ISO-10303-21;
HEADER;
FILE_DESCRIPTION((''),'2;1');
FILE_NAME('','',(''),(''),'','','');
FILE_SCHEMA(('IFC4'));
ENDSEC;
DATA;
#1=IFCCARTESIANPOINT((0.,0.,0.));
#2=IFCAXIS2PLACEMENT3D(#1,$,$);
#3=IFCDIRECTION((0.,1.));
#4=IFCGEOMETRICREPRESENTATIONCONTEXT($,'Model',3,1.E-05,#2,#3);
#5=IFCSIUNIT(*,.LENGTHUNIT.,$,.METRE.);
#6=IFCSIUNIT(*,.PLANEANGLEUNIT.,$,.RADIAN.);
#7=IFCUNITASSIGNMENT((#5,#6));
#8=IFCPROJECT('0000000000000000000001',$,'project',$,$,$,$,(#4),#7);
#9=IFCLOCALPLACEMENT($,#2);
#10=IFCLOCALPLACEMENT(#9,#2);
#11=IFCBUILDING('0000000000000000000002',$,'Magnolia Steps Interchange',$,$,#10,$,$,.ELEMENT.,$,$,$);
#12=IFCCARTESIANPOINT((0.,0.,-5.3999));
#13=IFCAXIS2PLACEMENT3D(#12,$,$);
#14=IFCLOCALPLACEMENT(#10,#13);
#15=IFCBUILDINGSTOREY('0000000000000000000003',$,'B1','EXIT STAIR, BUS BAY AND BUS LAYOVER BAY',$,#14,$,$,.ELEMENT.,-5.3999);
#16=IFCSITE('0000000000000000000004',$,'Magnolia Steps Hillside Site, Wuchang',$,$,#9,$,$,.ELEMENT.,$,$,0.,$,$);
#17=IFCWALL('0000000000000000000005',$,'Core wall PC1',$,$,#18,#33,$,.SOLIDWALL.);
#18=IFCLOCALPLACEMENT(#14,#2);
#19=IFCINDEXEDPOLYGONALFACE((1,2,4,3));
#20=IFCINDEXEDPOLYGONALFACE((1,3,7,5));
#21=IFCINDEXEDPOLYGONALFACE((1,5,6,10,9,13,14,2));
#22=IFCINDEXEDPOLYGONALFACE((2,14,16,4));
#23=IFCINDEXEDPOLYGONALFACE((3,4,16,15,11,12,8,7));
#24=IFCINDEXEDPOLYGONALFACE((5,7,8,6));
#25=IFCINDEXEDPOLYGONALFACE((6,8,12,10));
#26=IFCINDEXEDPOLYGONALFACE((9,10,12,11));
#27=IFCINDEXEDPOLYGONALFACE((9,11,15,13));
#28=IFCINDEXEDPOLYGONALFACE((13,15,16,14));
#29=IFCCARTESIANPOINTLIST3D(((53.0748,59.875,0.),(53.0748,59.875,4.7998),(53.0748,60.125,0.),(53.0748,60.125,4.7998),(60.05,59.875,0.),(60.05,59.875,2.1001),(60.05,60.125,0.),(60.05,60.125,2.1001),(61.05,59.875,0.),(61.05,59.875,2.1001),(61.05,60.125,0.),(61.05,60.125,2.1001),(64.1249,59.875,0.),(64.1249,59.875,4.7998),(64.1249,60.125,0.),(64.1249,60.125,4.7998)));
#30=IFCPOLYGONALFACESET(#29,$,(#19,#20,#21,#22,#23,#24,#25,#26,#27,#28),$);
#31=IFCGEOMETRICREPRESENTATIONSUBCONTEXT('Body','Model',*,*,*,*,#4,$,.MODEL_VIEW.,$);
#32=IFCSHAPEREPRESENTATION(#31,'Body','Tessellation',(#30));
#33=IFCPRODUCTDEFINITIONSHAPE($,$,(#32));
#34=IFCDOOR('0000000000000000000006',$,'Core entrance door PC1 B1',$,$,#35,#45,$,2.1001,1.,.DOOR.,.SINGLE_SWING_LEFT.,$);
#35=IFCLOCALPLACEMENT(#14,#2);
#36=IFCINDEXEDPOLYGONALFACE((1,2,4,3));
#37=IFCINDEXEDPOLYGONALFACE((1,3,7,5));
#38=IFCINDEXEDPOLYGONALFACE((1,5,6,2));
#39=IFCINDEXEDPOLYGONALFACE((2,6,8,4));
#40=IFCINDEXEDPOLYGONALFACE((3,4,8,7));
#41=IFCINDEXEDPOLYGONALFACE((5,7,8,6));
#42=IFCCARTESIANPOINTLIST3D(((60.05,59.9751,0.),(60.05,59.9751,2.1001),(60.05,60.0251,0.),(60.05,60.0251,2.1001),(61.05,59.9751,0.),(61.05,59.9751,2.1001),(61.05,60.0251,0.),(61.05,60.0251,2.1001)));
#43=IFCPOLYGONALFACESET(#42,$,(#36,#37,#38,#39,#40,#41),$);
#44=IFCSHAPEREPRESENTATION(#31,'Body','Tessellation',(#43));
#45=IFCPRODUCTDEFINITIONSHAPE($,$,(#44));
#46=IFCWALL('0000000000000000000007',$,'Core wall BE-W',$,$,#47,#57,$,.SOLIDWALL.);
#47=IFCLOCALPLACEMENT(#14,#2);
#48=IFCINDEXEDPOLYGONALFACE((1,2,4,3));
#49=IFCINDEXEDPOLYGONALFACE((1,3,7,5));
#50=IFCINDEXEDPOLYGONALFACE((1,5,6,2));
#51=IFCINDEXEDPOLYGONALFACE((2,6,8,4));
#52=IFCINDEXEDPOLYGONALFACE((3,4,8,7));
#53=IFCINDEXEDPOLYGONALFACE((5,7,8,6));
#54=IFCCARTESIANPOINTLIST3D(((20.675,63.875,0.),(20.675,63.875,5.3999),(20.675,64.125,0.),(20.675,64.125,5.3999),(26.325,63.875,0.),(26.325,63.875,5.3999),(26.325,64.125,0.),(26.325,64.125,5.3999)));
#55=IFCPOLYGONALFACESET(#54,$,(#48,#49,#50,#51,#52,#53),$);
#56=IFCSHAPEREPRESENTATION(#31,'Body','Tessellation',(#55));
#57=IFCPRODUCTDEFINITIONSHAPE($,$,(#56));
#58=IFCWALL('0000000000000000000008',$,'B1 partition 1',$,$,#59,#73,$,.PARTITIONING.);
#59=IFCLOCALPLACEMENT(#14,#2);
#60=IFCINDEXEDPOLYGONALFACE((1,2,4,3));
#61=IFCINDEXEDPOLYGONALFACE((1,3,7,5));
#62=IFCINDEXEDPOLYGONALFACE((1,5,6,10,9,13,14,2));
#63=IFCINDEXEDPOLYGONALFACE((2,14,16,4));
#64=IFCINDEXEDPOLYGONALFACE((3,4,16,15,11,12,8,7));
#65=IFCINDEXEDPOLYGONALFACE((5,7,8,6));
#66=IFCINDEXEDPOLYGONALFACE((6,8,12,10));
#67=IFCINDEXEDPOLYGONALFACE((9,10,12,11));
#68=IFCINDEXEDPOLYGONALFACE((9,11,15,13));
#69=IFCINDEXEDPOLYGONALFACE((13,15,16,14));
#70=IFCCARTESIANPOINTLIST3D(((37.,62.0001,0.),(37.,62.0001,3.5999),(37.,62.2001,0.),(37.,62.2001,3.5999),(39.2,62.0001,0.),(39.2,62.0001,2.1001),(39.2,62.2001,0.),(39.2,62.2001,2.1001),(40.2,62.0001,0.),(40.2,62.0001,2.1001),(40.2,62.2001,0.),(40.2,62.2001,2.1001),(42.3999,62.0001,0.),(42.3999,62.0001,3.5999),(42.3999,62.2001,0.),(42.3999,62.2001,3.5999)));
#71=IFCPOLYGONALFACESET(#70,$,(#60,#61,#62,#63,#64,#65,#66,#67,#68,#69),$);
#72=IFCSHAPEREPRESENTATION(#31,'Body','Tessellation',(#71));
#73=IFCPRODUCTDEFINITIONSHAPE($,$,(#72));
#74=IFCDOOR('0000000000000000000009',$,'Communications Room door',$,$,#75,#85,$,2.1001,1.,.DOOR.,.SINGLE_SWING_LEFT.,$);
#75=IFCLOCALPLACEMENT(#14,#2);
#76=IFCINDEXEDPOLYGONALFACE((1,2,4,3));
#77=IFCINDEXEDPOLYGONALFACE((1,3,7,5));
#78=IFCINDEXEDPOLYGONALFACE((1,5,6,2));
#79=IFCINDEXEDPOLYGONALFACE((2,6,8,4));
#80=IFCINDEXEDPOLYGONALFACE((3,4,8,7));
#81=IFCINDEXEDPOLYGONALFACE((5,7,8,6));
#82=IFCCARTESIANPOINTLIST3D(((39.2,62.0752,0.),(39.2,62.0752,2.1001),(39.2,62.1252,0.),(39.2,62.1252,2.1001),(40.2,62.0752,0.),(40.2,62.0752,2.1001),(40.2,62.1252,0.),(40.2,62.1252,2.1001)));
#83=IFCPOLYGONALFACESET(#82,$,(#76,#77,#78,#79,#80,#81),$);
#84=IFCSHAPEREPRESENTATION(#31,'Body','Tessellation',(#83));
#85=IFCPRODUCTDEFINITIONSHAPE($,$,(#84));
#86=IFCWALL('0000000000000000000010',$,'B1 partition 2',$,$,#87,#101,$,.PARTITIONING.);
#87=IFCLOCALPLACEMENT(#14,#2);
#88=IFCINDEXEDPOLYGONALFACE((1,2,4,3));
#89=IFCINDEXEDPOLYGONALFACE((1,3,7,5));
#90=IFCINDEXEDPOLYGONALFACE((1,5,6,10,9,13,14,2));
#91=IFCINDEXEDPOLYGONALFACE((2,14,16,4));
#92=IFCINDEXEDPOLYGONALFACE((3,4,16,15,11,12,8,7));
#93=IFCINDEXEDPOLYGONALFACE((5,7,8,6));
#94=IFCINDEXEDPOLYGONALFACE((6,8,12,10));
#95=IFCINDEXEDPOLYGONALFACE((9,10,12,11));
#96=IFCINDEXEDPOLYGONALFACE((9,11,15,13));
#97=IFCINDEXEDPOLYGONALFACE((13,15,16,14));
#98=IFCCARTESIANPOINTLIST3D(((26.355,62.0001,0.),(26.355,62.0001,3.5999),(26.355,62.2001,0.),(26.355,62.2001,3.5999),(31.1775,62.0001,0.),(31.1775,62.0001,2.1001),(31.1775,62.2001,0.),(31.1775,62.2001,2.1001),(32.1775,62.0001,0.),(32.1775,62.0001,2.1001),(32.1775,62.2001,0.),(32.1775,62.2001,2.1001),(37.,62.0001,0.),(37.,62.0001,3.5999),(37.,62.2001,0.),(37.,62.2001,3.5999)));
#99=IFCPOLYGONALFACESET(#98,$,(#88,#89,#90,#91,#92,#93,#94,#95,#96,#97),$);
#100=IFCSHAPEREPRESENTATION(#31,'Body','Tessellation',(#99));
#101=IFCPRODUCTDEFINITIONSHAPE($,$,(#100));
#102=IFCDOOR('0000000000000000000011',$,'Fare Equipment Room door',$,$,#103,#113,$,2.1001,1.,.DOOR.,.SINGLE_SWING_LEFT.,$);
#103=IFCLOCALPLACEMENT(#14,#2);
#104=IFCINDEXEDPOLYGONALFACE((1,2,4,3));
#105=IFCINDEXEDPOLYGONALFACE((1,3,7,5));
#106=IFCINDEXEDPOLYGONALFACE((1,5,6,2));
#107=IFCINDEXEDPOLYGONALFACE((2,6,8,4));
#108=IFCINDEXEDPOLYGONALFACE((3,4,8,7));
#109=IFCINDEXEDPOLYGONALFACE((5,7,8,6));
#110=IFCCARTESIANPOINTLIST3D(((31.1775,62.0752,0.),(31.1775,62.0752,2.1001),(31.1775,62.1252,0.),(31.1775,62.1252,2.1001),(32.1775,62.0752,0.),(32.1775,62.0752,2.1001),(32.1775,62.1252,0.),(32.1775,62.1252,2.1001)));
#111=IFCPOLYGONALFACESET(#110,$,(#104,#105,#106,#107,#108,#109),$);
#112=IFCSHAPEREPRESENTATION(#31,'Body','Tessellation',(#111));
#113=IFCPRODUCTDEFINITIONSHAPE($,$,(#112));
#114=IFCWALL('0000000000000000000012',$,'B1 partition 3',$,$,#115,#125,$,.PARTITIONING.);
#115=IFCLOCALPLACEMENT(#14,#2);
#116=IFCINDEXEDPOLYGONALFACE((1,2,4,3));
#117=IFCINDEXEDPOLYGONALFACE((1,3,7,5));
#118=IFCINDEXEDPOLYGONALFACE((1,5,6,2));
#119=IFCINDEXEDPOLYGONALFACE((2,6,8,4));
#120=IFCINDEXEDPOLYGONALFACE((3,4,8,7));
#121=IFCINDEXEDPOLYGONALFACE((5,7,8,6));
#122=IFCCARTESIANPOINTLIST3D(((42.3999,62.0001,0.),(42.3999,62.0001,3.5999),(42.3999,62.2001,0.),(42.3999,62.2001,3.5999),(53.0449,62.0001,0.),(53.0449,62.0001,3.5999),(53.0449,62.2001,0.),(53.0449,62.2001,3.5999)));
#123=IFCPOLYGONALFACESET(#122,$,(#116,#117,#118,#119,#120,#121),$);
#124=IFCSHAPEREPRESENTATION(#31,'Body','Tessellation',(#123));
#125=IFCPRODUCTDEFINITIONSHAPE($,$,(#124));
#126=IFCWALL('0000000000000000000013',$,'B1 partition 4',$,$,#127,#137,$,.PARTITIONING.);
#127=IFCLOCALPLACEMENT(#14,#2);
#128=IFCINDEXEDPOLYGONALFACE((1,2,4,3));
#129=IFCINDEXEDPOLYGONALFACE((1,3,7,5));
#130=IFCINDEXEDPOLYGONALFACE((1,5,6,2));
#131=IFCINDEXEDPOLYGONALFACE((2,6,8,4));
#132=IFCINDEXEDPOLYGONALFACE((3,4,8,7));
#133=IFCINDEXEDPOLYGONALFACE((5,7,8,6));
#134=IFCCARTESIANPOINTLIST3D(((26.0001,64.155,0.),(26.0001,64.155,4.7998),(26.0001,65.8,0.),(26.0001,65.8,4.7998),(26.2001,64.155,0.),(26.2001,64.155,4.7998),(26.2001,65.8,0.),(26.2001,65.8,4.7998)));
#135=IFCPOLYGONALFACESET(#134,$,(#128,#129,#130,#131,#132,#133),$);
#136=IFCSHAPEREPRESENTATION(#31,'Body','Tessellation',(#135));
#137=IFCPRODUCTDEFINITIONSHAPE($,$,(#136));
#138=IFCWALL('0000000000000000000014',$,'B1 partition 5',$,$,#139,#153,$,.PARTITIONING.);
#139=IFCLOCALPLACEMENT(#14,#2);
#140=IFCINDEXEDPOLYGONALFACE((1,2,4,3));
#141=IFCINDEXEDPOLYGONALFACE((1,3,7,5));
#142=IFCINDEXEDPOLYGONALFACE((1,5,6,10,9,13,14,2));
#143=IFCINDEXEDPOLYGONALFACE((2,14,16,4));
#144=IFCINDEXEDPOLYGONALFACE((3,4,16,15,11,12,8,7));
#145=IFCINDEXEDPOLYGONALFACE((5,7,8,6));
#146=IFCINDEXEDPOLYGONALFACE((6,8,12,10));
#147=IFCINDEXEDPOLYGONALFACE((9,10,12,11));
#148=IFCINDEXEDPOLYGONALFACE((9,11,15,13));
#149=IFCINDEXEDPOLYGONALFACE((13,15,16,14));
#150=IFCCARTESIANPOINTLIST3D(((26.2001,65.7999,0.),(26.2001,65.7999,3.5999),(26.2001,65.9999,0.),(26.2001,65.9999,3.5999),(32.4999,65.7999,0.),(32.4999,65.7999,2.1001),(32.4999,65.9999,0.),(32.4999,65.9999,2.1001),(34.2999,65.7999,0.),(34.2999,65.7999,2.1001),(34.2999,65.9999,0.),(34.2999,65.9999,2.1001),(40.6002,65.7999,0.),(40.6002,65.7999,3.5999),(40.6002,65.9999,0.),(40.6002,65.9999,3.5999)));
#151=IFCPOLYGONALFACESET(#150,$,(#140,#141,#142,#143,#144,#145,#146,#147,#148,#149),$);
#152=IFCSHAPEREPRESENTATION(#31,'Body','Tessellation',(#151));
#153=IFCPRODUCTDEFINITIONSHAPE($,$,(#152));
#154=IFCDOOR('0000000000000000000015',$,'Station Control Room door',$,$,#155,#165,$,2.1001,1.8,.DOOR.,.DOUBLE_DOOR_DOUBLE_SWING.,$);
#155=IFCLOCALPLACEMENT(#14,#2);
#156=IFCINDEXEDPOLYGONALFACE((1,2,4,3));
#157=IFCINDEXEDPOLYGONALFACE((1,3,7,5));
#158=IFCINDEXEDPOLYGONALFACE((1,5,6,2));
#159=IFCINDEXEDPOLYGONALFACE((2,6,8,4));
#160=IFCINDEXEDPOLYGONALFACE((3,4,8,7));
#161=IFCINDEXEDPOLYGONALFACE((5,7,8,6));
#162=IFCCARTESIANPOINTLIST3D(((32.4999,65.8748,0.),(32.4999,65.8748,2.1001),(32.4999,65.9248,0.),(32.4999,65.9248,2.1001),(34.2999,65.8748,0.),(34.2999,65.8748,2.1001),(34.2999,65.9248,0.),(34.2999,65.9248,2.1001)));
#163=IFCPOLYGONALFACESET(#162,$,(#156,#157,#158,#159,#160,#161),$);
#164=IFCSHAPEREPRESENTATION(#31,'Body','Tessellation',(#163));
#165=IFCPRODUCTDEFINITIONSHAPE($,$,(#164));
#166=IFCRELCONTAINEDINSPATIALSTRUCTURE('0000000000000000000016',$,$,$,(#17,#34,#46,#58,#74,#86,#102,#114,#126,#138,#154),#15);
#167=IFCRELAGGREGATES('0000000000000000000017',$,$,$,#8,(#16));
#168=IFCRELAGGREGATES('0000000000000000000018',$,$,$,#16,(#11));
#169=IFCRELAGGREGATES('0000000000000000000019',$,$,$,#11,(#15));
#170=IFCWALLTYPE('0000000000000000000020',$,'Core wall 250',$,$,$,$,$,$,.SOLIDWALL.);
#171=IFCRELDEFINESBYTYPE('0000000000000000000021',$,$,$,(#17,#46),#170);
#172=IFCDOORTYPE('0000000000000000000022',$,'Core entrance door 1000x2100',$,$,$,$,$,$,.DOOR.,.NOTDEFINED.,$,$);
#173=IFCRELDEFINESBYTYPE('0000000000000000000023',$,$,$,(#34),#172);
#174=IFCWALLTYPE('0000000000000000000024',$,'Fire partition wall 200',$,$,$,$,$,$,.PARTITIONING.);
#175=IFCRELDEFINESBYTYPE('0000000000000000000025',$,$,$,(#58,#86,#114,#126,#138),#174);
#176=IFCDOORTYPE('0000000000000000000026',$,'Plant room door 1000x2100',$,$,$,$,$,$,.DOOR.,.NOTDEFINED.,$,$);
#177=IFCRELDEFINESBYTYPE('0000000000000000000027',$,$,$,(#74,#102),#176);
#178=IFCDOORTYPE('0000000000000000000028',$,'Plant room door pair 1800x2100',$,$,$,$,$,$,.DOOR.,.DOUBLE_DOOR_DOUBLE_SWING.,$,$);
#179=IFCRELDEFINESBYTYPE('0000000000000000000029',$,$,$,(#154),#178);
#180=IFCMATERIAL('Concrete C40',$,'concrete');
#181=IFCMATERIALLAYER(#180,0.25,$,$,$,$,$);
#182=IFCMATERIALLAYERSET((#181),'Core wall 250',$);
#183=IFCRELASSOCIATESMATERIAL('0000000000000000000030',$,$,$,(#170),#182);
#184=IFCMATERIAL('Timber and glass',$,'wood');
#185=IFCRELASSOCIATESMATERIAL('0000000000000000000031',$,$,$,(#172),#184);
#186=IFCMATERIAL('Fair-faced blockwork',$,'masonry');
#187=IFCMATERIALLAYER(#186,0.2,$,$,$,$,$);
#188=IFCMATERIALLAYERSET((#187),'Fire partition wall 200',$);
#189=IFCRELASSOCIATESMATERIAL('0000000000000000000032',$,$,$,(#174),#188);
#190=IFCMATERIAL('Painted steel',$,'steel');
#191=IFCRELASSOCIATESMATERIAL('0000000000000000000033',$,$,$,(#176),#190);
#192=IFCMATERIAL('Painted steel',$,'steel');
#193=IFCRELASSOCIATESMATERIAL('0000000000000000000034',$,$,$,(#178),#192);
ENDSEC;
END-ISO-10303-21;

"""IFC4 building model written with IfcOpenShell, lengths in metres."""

from ifc_helpers import new_model, si_unit, direction, frame, frame_2d, origin, place, context, subcontext, project, spatial, rectangle, extrude, material, layer, layer_set, type_object, element, fill, save


model = new_model("IFC4")

# Units and contexts
model_context = context("Model", 3, precision=1e-05, world=origin(), true_north=direction((0.0, 1.0)))
body_context = subcontext(model_context, "Body", "Model", "MODEL_VIEW")
ifc_project = project(units=[si_unit("LENGTHUNIT", "METRE"), si_unit("PLANEANGLEUNIT", "RADIAN")], contexts=[model_context])

# Site, building, storey
site_placement = place(None, origin())
site = spatial("IfcSite", under=ifc_project, at=site_placement, Name="Magnolia Steps Hillside Site, Wuchang", CompositionType="ELEMENT", RefElevation=0.0)
building_placement = place(site_placement, origin())
building = spatial("IfcBuilding", under=site, at=building_placement, Name="Magnolia Steps Interchange", CompositionType="ELEMENT")
storey_placement = place(building_placement, frame((0.0, 0.0, -5.3999)))
storey = spatial("IfcBuildingStorey", under=building, at=storey_placement, Name="B1", Description="EXIT STAIR, BUS BAY AND BUS LAYOVER BAY", CompositionType="ELEMENT", Elevation=-5.3999)

# Wall, opening, door
ifc_material_1 = material(Name="Concrete C40", Category="concrete")
ifc_layer_1 = layer(ifc_material_1, 0.25)
ifc_layer_set_1 = layer_set([ifc_layer_1], Name="Core wall 250")
wall_type_1 = type_object("IfcWallType", Name="Core wall 250", PredefinedType="SOLIDWALL", material=ifc_layer_set_1)
wall_1_placement = place(storey_placement, frame((53.075, 60.0, 0.0), z_axis=(0.0, 0.0, 1.0), x_axis=(1.0, 0.0, 0.0)))
wall_1 = element("IfcWall", 1, at=wall_1_placement, inside=storey, type_object=wall_type_1, Name="Core wall PC1", PredefinedType="SOLIDWALL", context=body_context, shape_type="SweptSolid", body=[
    extrude(rectangle(XDim=11.05, YDim=0.25, at=frame_2d((5.5249, 0.0))), origin(), (0.0, 0.0, 1.0), 4.7998),
])
opening_1_placement = place(wall_1_placement, frame((6.9751, 0.0, 0.0)))
opening_1 = element("IfcOpeningElement", 2, at=opening_1_placement, cuts=wall_1, PredefinedType="OPENING", context=body_context, shape_type="SweptSolid", body=[
    extrude(rectangle(XDim=1.0, YDim=2.1001, at=frame_2d((0.5, 1.05))), frame((0.0, 0.135, 0.0), z_axis=(0.0, -1.0, 0.0), x_axis=(1.0, 0.0, 0.0)), (0.0, 0.0, 1.0), 0.27),
])
ifc_material_2 = material(Name="Timber and glass", Category="wood")
door_type_1 = type_object("IfcDoorType", Name="Core entrance door 1000x2100", OperationType="NOTDEFINED", PredefinedType="DOOR", material=ifc_material_2)
door_1_placement = place(opening_1_placement, frame((1.0, 0.0, 0.0), z_axis=(0.0, 0.0, 1.0), x_axis=(-1.0, 0.0, 0.0)))
door_1 = element("IfcDoor", 3, at=door_1_placement, inside=storey, type_object=door_type_1, Name="Core entrance door PC1 B1", OperationType="SINGLE_SWING_LEFT", OverallHeight=2.1001, OverallWidth=1.0, PredefinedType="DOOR", context=body_context, shape_type="SweptSolid", body=[
    extrude(rectangle(XDim=1.0, YDim=2.1001, at=frame_2d((0.5, 1.05))), frame((0.0, 0.0249, 0.0), z_axis=(0.0, -1.0, 0.0), x_axis=(1.0, 0.0, 0.0)), (0.0, 0.0, 1.0), 0.05),
])
fill(opening_1, door_1)

# Wall
wall_2_placement = place(storey_placement, frame((26.325, 64.0, 0.0), z_axis=(0.0, 0.0, 1.0), x_axis=(-1.0, 0.0, 0.0)))
element("IfcWall", 4, at=wall_2_placement, inside=storey, type_object=wall_type_1, Name="Core wall BE-W", PredefinedType="SOLIDWALL", context=body_context, shape_type="SweptSolid", body=[
    extrude(rectangle(XDim=5.6499, YDim=0.25, at=frame_2d((2.825, 0.0))), origin(), (0.0, 0.0, 1.0), 5.3999),
])

# Walls, openings, doors
ifc_material_3 = material(Name="Fair-faced blockwork", Category="masonry")
ifc_layer_2 = layer(ifc_material_3, 0.2)
ifc_layer_set_2 = layer_set([ifc_layer_2], Name="Fire partition wall 200")
wall_type_2 = type_object("IfcWallType", Name="Fire partition wall 200", PredefinedType="PARTITIONING", material=ifc_layer_set_2)
wall_3_placement = place(storey_placement, frame((37.0, 62.1001, 0.0), z_axis=(0.0, 0.0, 1.0), x_axis=(1.0, 0.0, 0.0)))
wall_3 = element("IfcWall", 5, at=wall_3_placement, inside=storey, type_object=wall_type_2, Name="B1 partition 1", PredefinedType="PARTITIONING", context=body_context, shape_type="SweptSolid", body=[
    extrude(rectangle(XDim=5.3999, YDim=0.2, at=frame_2d((2.7, 0.0))), origin(), (0.0, 0.0, 1.0), 3.5999),
])
opening_2_placement = place(wall_3_placement, frame((2.2, 0.0, 0.0)))
opening_2 = element("IfcOpeningElement", 6, at=opening_2_placement, cuts=wall_3, PredefinedType="OPENING", context=body_context, shape_type="SweptSolid", body=[
    extrude(rectangle(XDim=1.0, YDim=2.1001, at=frame_2d((0.5, 1.05))), frame((0.0, 0.1099, 0.0), z_axis=(0.0, -1.0, 0.0), x_axis=(1.0, 0.0, 0.0)), (0.0, 0.0, 1.0), 0.22),
])
ifc_material_4 = material(Name="Painted steel", Category="steel")
door_type_2 = type_object("IfcDoorType", Name="Plant room door 1000x2100", OperationType="NOTDEFINED", PredefinedType="DOOR", material=ifc_material_4)
door_2_placement = place(opening_2_placement, frame((1.0, 0.0, 0.0), z_axis=(0.0, 0.0, 1.0), x_axis=(-1.0, 0.0, 0.0)))
door_2 = element("IfcDoor", 7, at=door_2_placement, inside=storey, type_object=door_type_2, Name="Communications Room door", OperationType="SINGLE_SWING_LEFT", OverallHeight=2.1001, OverallWidth=1.0, PredefinedType="DOOR", context=body_context, shape_type="SweptSolid", body=[
    extrude(rectangle(XDim=1.0, YDim=2.1001, at=frame_2d((0.5, 1.05))), frame((0.0, 0.0249, 0.0), z_axis=(0.0, -1.0, 0.0), x_axis=(1.0, 0.0, 0.0)), (0.0, 0.0, 1.0), 0.05),
])
fill(opening_2, door_2)
wall_4_placement = place(storey_placement, frame((26.355, 62.1001, 0.0), z_axis=(0.0, 0.0, 1.0), x_axis=(1.0, 0.0, 0.0)))
wall_4 = element("IfcWall", 8, at=wall_4_placement, inside=storey, type_object=wall_type_2, Name="B1 partition 2", PredefinedType="PARTITIONING", context=body_context, shape_type="SweptSolid", body=[
    extrude(rectangle(XDim=10.645, YDim=0.2, at=frame_2d((5.3225, 0.0))), origin(), (0.0, 0.0, 1.0), 3.5999),
])
opening_3_placement = place(wall_4_placement, frame((4.8225, 0.0, 0.0)))
opening_3 = element("IfcOpeningElement", 9, at=opening_3_placement, cuts=wall_4, PredefinedType="OPENING", context=body_context, shape_type="SweptSolid", body=[
    extrude(rectangle(XDim=1.0, YDim=2.1001, at=frame_2d((0.5, 1.05))), frame((0.0, 0.1099, 0.0), z_axis=(0.0, -1.0, 0.0), x_axis=(1.0, 0.0, 0.0)), (0.0, 0.0, 1.0), 0.22),
])
door_3_placement = place(opening_3_placement, frame((1.0, 0.0, 0.0), z_axis=(0.0, 0.0, 1.0), x_axis=(-1.0, 0.0, 0.0)))
door_3 = element("IfcDoor", 10, at=door_3_placement, inside=storey, type_object=door_type_2, Name="Fare Equipment Room door", OperationType="SINGLE_SWING_LEFT", OverallHeight=2.1001, OverallWidth=1.0, PredefinedType="DOOR", context=body_context, shape_type="SweptSolid", body=[
    extrude(rectangle(XDim=1.0, YDim=2.1001, at=frame_2d((0.5, 1.05))), frame((0.0, 0.0249, 0.0), z_axis=(0.0, -1.0, 0.0), x_axis=(1.0, 0.0, 0.0)), (0.0, 0.0, 1.0), 0.05),
])
fill(opening_3, door_3)

# Walls
wall_5_placement = place(storey_placement, frame((42.3999, 62.1001, 0.0), z_axis=(0.0, 0.0, 1.0), x_axis=(1.0, 0.0, 0.0)))
element("IfcWall", 11, at=wall_5_placement, inside=storey, type_object=wall_type_2, Name="B1 partition 3", PredefinedType="PARTITIONING", context=body_context, shape_type="SweptSolid", body=[
    extrude(rectangle(XDim=10.645, YDim=0.2, at=frame_2d((5.3225, 0.0))), origin(), (0.0, 0.0, 1.0), 3.5999),
])
wall_6_placement = place(storey_placement, frame((26.1001, 64.155, 0.0), z_axis=(0.0, 0.0, 1.0), x_axis=(0.0, 1.0, 0.0)))
element("IfcWall", 12, at=wall_6_placement, inside=storey, type_object=wall_type_2, Name="B1 partition 4", PredefinedType="PARTITIONING", context=body_context, shape_type="SweptSolid", body=[
    extrude(rectangle(XDim=1.645, YDim=0.2, at=frame_2d((0.8225, 0.0))), origin(), (0.0, 0.0, 1.0), 4.7998),
])

# Wall, opening, door
wall_7_placement = place(storey_placement, frame((26.2, 65.8999, 0.0), z_axis=(0.0, 0.0, 1.0), x_axis=(1.0, 0.0, 0.0)))
wall_7 = element("IfcWall", 13, at=wall_7_placement, inside=storey, type_object=wall_type_2, Name="B1 partition 5", PredefinedType="PARTITIONING", context=body_context, shape_type="SweptSolid", body=[
    extrude(rectangle(XDim=14.4001, YDim=0.2, at=frame_2d((7.2002, 0.0))), origin(), (0.0, 0.0, 1.0), 3.5999),
])
opening_4_placement = place(wall_7_placement, frame((6.3, 0.0, 0.0)))
opening_4 = element("IfcOpeningElement", 14, at=opening_4_placement, cuts=wall_7, PredefinedType="OPENING", context=body_context, shape_type="SweptSolid", body=[
    extrude(rectangle(XDim=1.8, YDim=2.1001, at=frame_2d((0.8999, 1.05))), frame((0.0, 0.1099, 0.0), z_axis=(0.0, -1.0, 0.0), x_axis=(1.0, 0.0, 0.0)), (0.0, 0.0, 1.0), 0.22),
])
ifc_material_5 = material(Name="Painted steel", Category="steel")
door_type_3 = type_object("IfcDoorType", Name="Plant room door pair 1800x2100", OperationType="DOUBLE_DOOR_DOUBLE_SWING", PredefinedType="DOOR", material=ifc_material_5)
door_4_placement = place(opening_4_placement, origin())
door_4 = element("IfcDoor", 15, at=door_4_placement, inside=storey, type_object=door_type_3, Name="Station Control Room door", OperationType="DOUBLE_DOOR_DOUBLE_SWING", OverallHeight=2.1001, OverallWidth=1.8, PredefinedType="DOOR", context=body_context, shape_type="SweptSolid", body=[
    extrude(rectangle(XDim=1.8, YDim=2.1001, at=frame_2d((0.8999, 1.05))), frame((0.0, 0.0249, 0.0), z_axis=(0.0, -1.0, 0.0), x_axis=(1.0, 0.0, 0.0)), (0.0, 0.0, 1.0), 0.05),
])
fill(opening_4, door_4)

save(model, "model.ifc")
